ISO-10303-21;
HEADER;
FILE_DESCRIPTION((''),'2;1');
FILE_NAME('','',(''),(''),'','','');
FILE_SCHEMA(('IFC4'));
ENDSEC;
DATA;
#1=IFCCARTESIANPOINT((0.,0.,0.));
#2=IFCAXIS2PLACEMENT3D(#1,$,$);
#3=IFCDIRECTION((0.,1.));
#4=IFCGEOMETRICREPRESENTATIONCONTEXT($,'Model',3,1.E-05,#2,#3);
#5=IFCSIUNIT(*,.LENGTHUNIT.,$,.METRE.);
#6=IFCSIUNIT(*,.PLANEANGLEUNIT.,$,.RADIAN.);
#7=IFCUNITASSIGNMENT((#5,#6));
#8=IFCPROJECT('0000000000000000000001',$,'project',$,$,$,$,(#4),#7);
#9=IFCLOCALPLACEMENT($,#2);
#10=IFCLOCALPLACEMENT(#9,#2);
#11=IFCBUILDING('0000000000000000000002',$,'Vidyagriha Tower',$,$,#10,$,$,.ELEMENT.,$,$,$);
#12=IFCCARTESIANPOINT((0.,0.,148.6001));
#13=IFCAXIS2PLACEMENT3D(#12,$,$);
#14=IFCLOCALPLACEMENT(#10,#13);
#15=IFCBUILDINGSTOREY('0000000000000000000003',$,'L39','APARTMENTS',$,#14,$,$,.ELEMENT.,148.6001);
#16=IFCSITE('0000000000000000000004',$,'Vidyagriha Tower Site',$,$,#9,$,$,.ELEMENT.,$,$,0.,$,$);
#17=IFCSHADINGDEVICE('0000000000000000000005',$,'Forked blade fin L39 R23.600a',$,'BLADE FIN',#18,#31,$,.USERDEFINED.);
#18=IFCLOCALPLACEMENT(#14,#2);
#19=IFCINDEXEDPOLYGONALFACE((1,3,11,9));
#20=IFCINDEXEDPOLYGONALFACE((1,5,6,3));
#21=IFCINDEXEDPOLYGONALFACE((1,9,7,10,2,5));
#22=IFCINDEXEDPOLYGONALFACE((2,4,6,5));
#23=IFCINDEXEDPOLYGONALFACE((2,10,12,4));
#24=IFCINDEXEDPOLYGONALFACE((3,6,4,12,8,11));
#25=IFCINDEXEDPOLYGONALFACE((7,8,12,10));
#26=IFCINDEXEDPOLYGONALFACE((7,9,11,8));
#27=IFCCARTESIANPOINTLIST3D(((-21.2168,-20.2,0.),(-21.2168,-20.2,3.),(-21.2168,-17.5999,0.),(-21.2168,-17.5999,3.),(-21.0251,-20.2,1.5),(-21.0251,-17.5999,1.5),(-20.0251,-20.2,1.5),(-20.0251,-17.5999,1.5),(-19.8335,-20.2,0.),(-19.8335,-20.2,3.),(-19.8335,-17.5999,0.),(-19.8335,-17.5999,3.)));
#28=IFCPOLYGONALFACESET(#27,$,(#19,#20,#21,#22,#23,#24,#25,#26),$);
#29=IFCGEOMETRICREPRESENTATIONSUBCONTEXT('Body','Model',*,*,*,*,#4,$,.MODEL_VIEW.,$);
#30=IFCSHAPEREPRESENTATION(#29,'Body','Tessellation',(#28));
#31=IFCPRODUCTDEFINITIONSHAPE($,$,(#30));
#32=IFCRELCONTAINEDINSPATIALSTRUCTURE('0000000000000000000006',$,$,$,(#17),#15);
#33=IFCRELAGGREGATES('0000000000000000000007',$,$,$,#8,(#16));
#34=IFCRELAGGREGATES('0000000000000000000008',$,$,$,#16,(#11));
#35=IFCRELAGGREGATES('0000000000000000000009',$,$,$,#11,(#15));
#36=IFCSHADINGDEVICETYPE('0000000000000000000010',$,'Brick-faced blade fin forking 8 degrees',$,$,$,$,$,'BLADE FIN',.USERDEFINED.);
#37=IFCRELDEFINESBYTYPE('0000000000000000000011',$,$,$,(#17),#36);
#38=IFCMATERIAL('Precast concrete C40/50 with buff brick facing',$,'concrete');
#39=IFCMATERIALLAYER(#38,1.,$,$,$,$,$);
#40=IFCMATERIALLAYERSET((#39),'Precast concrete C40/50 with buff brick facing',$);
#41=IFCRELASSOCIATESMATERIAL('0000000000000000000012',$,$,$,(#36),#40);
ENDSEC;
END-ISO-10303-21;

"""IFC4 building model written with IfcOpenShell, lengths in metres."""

from ifc_helpers import new_model, si_unit, direction, frame, origin, place, context, subcontext, project, spatial, polyline, outline, extrude, material, layer, layer_set, type_object, element, save


model = new_model("IFC4")

# Units and contexts
model_context = context("Model", 3, precision=1e-05, world=origin(), true_north=direction((0.0, 1.0)))
body_context = subcontext(model_context, "Body", "Model", "MODEL_VIEW")
ifc_project = project(units=[si_unit("LENGTHUNIT", "METRE"), si_unit("PLANEANGLEUNIT", "RADIAN")], contexts=[model_context])

# Site, building, storey
site_placement = place(None, origin())
site = spatial("IfcSite", under=ifc_project, at=site_placement, Name="Vidyagriha Tower Site", CompositionType="ELEMENT", RefElevation=0.0)
building_placement = place(site_placement, origin())
building = spatial("IfcBuilding", under=site, at=building_placement, Name="Vidyagriha Tower", CompositionType="ELEMENT")
storey_placement = place(building_placement, frame((0.0, 0.0, 148.6001)))
storey = spatial("IfcBuildingStorey", under=building, at=storey_placement, Name="L39", Description="APARTMENTS", CompositionType="ELEMENT", Elevation=148.6001)

# Shading device
ifc_material_1 = material(Name="Precast concrete C40/50 with buff brick facing", Category="concrete")
ifc_layer_1 = layer(ifc_material_1, 1.0)
ifc_layer_set_1 = layer_set([ifc_layer_1], Name="Precast concrete C40/50 with buff brick facing")
shading_device_type_1 = type_object("IfcShadingDeviceType", Name="Brick-faced blade fin forking 8 degrees", ElementType="BLADE FIN", PredefinedType="USERDEFINED", material=ifc_layer_set_1)
shading_device_1_placement = place(storey_placement, frame((-21.2168, -18.8999, 0.0)))
element("IfcShadingDevice", 1, at=shading_device_1_placement, inside=storey, type_object=shading_device_type_1, Name="Forked blade fin L39 R23.600a", ObjectType="BLADE FIN", PredefinedType="USERDEFINED", context=body_context, shape_type="SweptSolid", body=[
    extrude(outline(polyline([(1.3833, 0.0), (1.1917, 1.5), (1.3833, 3.0), (0.0, 3.0), (0.1917, 1.5), (0.0, 0.0), (1.3833, 0.0)])), frame((0.0, 1.3, 0.0), z_axis=(0.0, -1.0, 0.0), x_axis=(1.0, 0.0, 0.0)), (0.0, 0.0, 1.0), 2.6001),
])

save(model, "model.ifc")
